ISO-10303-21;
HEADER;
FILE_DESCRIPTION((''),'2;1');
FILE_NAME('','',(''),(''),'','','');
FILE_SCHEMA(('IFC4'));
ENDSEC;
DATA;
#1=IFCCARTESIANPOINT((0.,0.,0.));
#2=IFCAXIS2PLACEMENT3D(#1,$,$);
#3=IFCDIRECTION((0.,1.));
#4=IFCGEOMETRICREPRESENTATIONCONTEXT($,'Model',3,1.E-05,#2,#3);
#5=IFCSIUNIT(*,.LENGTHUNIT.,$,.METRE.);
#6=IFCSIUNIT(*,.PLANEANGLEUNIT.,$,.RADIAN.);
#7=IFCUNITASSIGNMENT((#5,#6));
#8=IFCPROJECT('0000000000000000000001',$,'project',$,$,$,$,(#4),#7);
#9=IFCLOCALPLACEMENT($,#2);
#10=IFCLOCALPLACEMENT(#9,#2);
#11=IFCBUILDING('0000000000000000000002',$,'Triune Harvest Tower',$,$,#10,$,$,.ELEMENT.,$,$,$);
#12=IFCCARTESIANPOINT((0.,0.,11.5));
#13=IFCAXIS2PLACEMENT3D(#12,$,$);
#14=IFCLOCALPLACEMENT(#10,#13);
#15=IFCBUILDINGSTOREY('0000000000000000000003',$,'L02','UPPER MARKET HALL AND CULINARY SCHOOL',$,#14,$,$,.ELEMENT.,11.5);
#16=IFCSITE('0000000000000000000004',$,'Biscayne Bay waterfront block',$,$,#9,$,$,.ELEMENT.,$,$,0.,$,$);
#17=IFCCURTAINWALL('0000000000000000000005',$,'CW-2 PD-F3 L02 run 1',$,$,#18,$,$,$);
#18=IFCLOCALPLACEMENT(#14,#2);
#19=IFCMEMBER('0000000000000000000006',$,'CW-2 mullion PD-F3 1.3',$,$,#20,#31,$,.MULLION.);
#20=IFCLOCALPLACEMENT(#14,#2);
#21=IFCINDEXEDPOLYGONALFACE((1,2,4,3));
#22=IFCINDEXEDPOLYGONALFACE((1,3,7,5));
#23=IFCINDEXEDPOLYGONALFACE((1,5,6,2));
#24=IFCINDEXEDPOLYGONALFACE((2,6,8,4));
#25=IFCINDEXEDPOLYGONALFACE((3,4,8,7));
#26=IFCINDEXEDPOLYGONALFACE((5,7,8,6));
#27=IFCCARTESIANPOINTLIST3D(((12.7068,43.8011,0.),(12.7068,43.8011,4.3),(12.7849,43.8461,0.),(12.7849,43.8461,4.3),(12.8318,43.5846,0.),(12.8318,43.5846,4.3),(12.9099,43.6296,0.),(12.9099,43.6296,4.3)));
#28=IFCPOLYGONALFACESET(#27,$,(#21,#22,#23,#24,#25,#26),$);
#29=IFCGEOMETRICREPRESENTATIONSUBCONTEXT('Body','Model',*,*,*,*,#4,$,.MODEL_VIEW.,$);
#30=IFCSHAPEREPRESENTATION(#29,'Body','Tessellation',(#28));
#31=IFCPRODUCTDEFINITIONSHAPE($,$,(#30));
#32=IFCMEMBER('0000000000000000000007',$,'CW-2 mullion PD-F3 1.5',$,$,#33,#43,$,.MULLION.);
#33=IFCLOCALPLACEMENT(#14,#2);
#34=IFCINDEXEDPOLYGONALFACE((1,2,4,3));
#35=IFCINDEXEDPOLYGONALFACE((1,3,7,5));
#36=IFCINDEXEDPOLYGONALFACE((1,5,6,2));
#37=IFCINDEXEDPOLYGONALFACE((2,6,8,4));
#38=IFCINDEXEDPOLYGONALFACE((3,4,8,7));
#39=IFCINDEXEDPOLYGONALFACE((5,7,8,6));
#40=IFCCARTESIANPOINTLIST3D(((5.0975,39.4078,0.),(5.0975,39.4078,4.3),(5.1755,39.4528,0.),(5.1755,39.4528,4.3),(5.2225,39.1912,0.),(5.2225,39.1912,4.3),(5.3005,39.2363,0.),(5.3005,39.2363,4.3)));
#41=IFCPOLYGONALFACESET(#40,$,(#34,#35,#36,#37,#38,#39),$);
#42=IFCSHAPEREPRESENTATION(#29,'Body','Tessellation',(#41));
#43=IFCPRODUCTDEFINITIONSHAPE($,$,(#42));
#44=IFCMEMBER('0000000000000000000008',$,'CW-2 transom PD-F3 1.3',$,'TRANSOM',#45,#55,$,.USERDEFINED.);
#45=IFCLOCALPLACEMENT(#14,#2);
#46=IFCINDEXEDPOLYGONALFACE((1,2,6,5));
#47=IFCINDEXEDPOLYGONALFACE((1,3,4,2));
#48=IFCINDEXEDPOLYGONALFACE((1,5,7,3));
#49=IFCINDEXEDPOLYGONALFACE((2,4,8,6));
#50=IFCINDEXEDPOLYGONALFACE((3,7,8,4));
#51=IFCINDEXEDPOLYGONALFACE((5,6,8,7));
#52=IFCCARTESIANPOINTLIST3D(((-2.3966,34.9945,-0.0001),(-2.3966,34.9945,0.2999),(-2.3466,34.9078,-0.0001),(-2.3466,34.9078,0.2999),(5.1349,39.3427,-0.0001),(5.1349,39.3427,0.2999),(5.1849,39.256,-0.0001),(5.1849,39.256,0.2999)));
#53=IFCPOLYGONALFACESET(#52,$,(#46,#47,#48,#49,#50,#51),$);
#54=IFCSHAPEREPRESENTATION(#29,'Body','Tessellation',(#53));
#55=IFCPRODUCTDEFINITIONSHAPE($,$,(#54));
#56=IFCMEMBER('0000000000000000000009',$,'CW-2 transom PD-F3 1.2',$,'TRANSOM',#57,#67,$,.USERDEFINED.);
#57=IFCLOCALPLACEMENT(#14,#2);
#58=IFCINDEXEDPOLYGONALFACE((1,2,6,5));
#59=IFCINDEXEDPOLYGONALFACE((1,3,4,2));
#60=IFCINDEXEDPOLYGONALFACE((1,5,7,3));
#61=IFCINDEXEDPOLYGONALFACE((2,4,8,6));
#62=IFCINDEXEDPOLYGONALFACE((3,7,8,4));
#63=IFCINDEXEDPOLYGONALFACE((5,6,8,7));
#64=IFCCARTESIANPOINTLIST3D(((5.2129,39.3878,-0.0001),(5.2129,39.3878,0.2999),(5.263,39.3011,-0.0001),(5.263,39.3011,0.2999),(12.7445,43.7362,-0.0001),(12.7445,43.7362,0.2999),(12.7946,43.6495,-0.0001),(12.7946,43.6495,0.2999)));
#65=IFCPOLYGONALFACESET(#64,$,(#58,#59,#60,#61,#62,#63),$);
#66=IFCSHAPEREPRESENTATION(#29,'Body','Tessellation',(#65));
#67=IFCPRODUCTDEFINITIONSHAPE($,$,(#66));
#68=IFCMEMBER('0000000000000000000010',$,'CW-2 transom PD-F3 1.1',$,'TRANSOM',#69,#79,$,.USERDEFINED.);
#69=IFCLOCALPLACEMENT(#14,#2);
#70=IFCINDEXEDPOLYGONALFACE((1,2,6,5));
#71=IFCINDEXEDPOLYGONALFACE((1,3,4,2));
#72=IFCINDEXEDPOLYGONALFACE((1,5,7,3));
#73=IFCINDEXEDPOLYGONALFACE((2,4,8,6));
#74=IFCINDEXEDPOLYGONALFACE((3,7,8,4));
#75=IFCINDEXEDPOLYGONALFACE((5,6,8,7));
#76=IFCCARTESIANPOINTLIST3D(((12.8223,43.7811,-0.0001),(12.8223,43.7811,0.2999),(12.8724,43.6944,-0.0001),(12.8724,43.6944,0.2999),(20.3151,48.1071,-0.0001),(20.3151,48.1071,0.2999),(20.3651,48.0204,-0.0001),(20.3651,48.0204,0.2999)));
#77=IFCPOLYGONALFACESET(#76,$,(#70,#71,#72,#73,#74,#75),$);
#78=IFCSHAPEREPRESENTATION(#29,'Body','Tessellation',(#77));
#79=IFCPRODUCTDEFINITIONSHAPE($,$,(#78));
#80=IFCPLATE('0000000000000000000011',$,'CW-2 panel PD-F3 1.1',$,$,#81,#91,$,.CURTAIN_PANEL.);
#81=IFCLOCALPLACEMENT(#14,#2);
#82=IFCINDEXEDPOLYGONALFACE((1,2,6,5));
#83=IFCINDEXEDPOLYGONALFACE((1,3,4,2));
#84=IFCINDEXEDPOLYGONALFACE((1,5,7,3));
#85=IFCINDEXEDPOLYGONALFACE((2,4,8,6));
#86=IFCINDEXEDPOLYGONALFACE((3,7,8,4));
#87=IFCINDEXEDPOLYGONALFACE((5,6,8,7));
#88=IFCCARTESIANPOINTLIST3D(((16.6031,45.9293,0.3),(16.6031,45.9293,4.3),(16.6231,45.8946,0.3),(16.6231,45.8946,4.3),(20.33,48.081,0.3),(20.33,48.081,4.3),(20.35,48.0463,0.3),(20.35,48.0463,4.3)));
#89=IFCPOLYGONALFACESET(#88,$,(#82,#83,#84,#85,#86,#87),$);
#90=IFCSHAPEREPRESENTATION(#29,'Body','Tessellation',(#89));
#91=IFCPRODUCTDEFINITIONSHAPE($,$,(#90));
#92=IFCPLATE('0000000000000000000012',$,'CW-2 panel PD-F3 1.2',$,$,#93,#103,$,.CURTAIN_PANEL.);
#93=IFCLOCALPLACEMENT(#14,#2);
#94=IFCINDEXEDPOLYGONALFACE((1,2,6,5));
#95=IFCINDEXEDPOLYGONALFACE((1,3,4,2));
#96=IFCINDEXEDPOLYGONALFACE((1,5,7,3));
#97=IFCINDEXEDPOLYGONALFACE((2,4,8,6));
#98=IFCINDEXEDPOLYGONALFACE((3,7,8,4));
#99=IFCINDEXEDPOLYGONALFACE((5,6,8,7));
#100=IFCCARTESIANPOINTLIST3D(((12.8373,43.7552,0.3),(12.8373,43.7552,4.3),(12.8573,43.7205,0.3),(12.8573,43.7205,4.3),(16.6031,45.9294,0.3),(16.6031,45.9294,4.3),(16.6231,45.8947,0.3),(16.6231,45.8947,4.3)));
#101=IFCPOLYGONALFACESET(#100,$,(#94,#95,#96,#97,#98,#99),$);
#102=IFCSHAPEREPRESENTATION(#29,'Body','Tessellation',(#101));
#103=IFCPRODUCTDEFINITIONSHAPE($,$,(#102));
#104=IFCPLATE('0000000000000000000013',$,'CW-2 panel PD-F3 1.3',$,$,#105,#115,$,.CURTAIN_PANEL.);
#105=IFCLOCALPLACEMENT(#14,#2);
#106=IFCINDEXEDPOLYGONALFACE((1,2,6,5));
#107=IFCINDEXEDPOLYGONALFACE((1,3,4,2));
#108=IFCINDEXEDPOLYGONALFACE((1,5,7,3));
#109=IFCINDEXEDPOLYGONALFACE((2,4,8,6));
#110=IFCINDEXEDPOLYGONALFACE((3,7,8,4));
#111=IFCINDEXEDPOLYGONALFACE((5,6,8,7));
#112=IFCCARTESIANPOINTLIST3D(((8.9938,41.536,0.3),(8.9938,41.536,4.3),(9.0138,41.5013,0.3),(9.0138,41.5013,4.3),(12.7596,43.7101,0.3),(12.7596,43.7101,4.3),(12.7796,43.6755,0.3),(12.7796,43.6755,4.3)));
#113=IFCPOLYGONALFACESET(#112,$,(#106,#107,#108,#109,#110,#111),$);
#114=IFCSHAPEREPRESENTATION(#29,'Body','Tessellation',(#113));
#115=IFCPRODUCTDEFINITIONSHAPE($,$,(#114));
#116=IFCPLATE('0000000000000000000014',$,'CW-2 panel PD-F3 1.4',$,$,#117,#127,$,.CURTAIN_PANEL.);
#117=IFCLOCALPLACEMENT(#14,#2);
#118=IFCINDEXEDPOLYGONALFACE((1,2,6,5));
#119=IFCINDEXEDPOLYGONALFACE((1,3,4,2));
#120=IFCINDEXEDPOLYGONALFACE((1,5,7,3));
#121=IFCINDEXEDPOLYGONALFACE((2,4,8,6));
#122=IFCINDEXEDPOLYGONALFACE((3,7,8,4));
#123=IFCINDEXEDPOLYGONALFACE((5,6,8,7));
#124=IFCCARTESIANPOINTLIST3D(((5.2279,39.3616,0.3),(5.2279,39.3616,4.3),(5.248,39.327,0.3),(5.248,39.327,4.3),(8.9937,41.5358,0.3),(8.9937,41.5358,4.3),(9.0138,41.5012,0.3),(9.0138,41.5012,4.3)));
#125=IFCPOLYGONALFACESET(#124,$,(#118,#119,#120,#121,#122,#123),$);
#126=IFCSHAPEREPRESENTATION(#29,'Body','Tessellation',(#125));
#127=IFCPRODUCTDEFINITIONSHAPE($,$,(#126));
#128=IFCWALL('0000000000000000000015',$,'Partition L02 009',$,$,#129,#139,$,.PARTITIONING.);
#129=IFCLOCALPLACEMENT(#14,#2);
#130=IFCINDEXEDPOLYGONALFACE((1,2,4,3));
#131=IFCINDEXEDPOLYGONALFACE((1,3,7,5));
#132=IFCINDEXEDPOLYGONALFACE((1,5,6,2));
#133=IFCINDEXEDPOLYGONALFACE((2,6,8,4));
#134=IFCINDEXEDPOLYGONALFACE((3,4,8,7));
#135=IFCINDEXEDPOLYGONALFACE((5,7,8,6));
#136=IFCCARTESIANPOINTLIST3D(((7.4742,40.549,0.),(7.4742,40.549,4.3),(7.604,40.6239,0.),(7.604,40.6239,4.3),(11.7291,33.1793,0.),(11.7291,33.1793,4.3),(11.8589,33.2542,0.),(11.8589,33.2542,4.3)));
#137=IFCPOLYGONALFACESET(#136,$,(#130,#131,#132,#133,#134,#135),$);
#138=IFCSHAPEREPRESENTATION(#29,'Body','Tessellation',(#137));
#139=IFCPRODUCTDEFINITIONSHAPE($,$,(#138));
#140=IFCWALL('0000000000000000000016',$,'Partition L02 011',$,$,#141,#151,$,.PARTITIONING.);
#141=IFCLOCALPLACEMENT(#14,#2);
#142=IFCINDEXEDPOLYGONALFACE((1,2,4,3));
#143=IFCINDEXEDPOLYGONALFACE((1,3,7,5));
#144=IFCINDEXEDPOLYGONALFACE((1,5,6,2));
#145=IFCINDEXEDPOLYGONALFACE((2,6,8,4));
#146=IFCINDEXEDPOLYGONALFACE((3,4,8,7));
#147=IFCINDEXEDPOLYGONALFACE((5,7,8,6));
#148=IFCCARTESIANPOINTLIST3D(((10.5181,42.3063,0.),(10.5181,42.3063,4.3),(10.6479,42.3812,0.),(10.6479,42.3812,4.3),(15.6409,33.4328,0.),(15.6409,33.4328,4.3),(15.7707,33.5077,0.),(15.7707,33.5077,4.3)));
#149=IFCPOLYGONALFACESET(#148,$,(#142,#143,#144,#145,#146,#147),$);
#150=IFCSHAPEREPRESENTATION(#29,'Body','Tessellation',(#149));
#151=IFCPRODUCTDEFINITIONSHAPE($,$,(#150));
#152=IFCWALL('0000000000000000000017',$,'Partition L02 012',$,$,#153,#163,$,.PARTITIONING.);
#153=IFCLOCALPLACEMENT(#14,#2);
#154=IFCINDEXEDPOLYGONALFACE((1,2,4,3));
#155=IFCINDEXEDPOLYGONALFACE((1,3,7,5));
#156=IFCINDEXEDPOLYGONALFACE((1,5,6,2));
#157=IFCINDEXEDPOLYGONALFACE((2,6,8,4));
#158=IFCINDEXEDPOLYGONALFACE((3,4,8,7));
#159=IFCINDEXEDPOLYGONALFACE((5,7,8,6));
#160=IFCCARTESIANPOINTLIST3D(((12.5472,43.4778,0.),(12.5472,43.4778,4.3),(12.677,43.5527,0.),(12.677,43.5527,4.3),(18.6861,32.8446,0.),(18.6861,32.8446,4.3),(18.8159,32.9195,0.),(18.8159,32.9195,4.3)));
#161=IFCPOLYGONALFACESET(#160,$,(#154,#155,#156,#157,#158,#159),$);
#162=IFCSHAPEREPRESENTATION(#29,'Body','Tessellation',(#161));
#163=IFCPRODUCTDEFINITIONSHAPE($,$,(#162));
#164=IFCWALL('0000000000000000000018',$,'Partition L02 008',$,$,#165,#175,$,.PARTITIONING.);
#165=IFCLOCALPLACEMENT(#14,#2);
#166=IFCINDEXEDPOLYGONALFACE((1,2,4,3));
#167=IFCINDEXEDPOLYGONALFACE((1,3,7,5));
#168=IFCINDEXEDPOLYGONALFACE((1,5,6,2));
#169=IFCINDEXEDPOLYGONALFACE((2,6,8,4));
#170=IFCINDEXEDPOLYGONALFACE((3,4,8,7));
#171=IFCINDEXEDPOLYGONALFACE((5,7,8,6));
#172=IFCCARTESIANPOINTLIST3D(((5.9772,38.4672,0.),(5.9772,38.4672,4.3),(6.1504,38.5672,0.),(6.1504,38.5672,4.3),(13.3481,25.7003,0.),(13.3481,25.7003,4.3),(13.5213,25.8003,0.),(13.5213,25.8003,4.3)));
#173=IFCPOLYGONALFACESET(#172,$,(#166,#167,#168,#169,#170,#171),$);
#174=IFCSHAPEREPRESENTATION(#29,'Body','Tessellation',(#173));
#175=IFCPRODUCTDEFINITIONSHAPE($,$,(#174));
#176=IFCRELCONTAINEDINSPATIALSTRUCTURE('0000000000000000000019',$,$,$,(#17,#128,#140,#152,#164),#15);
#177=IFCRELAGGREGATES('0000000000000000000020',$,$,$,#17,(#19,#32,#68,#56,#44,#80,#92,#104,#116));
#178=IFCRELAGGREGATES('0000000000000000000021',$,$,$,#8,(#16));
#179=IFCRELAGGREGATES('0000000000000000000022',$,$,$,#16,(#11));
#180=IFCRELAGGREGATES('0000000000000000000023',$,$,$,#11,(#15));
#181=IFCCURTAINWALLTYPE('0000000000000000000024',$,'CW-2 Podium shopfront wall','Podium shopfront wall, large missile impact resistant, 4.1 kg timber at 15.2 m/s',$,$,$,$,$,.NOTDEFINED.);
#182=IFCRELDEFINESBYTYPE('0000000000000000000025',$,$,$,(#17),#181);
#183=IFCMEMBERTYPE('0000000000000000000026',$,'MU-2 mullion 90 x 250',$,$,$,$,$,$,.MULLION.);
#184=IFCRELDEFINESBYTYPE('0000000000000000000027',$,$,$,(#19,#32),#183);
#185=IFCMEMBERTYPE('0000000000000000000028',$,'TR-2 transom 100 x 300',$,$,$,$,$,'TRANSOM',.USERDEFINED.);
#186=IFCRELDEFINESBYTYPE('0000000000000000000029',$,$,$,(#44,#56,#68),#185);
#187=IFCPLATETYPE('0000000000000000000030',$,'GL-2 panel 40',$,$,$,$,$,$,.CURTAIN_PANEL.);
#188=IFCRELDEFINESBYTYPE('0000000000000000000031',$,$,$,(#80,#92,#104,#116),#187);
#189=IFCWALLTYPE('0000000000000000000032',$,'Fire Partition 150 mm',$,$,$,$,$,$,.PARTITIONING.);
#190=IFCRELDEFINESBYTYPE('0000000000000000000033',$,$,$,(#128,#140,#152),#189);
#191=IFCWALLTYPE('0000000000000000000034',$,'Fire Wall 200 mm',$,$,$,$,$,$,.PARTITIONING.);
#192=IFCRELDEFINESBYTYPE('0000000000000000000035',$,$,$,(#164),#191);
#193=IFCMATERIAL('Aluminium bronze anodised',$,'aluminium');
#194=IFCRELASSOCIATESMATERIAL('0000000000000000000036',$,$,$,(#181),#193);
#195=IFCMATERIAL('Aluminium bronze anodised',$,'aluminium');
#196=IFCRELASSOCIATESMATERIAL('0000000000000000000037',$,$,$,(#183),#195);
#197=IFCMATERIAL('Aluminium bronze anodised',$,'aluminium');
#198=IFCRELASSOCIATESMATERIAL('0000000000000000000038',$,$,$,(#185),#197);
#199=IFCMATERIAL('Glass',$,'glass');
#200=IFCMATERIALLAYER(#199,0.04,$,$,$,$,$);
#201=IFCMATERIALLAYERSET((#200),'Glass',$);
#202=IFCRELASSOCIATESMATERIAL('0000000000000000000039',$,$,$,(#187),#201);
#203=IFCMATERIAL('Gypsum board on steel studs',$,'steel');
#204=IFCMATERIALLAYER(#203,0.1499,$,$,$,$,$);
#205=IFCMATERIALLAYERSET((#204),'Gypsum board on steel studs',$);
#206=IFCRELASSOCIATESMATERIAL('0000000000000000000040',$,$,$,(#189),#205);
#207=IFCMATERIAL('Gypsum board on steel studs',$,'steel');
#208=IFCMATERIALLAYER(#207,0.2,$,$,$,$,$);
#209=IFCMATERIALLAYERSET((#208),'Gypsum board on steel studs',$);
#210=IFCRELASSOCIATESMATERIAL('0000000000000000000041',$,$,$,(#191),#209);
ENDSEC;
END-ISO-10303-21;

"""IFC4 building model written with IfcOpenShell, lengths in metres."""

from ifc_helpers import new_model, si_unit, direction, frame, frame_2d, origin, origin_2d, place, context, subcontext, project, spatial, rectangle, extrude, source, transform, mapped, material, layer, layer_set, material_profile, profile_set, type_object, element, aggregate, save


model = new_model("IFC4")

# Units and contexts
model_context = context("Model", 3, precision=1e-05, world=origin(), true_north=direction((0.0, 1.0)))
body_context = subcontext(model_context, "Body", "Model", "MODEL_VIEW")
ifc_project = project(units=[si_unit("LENGTHUNIT", "METRE"), si_unit("PLANEANGLEUNIT", "RADIAN")], contexts=[model_context])

# Site, building, storey
site_placement = place(None, origin())
site = spatial("IfcSite", under=ifc_project, at=site_placement, Name="Biscayne Bay waterfront block", CompositionType="ELEMENT", RefElevation=0.0)
building_placement = place(site_placement, origin())
building = spatial("IfcBuilding", under=site, at=building_placement, Name="Triune Harvest Tower", CompositionType="ELEMENT")
storey_placement = place(building_placement, frame((0.0, 0.0, 11.5)))
storey = spatial("IfcBuildingStorey", under=building, at=storey_placement, Name="L02", Description="UPPER MARKET HALL AND CULINARY SCHOOL", CompositionType="ELEMENT", Elevation=11.5)

# Curtain wall, members, plates
ifc_material_1 = material(Name="Aluminium bronze anodised", Category="aluminium")
curtain_wall_type = type_object("IfcCurtainWallType", Name="CW-2 Podium shopfront wall", Description="Podium shopfront wall, large missile impact resistant, 4.1 kg timber at 15.2 m/s", PredefinedType="NOTDEFINED", material=ifc_material_1)
curtain_wall_placement = place(storey_placement, origin())
curtain_wall = element("IfcCurtainWall", 1, at=curtain_wall_placement, inside=storey, type_object=curtain_wall_type, Name="CW-2 PD-F3 L02 run 1")
ifc_material_2 = material(Name="Aluminium bronze anodised", Category="aluminium")
ifc_material_profile_1 = material_profile(ifc_material_2, rectangle(XDim=0.25, YDim=0.0901, at=origin_2d()), Name="MU-2 mullion 90 x 250")
ifc_profile_set_1 = profile_set([ifc_material_profile_1], Name="Aluminium bronze anodised")
member_type_1 = type_object("IfcMemberType", Name="MU-2 mullion 90 x 250", PredefinedType="MULLION", material=ifc_profile_set_1)
shared_shape_1 = source(origin(), body_context, "Body", "SweptSolid", [
    extrude(rectangle(XDim=0.25, YDim=0.0901, at=origin_2d()), origin(), (0.0, 0.0, 1.0), 4.3),
])
member_1_placement = place(storey_placement, frame((12.8083, 43.7153, 0.0), z_axis=(0.0, 0.0, 1.0), x_axis=(0.5, -0.866025, 0.0)))
member_1 = element("IfcMember", 2, at=member_1_placement, type_object=member_type_1, Name="CW-2 mullion PD-F3 1.3", PredefinedType="MULLION", context=body_context, shape_type="MappedRepresentation", body=[
    mapped(shared_shape_1, transform((0.0, 0.0, 0.0), scale=1.0)),
])
member_2_placement = place(storey_placement, frame((5.199, 39.322, 0.0), z_axis=(0.0, 0.0, 1.0), x_axis=(0.5, -0.866025, 0.0)))
member_2 = element("IfcMember", 3, at=member_2_placement, type_object=member_type_1, Name="CW-2 mullion PD-F3 1.5", PredefinedType="MULLION", context=body_context, shape_type="MappedRepresentation", body=[
    mapped(shared_shape_1, transform((0.0, 0.0, 0.0), scale=1.0)),
])
ifc_material_3 = material(Name="Aluminium bronze anodised", Category="aluminium")
ifc_material_profile_2 = material_profile(ifc_material_3, rectangle(XDim=0.1001, YDim=0.3, at=origin_2d()), Name="TR-2 transom 100 x 300")
ifc_profile_set_2 = profile_set([ifc_material_profile_2], Name="Aluminium bronze anodised")
member_type_2 = type_object("IfcMemberType", Name="TR-2 transom 100 x 300", ElementType="TRANSOM", PredefinedType="USERDEFINED", material=ifc_profile_set_2)
shared_shape_2 = source(origin(), body_context, "Body", "SweptSolid", [
    extrude(rectangle(XDim=0.1001, YDim=0.3, at=origin_2d()), origin(), (0.0, 0.0, 1.0), 8.6965),
])
member_3_placement = place(storey_placement, frame((5.1599, 39.2993, 0.1499), z_axis=(-0.866034, -0.499986, 0.0), x_axis=(0.499986, -0.866034, 0.0)))
member_3 = element("IfcMember", 4, at=member_3_placement, type_object=member_type_2, Name="CW-2 transom PD-F3 1.3", ObjectType="TRANSOM", PredefinedType="USERDEFINED", context=body_context, shape_type="MappedRepresentation", body=[
    mapped(shared_shape_2, transform((0.0, 0.0, 0.0), scale=1.0)),
])
shared_shape_3 = source(origin(), body_context, "Body", "SweptSolid", [
    extrude(rectangle(XDim=0.1001, YDim=0.3, at=origin_2d()), origin(), (0.0, 0.0, 1.0), 8.6968),
])
member_4_placement = place(storey_placement, frame((12.7695, 43.6929, 0.1499), z_axis=(-0.866021, -0.500007, 0.0), x_axis=(0.500007, -0.866021, 0.0)))
member_4 = element("IfcMember", 5, at=member_4_placement, type_object=member_type_2, Name="CW-2 transom PD-F3 1.2", ObjectType="TRANSOM", PredefinedType="USERDEFINED", context=body_context, shape_type="MappedRepresentation", body=[
    mapped(shared_shape_3, transform((0.0, 0.0, 0.0), scale=1.0)),
])
shared_shape_4 = source(origin(), body_context, "Body", "SweptSolid", [
    extrude(rectangle(XDim=0.1001, YDim=0.3, at=origin_2d()), origin(), (0.0, 0.0, 1.0), 8.6519),
])
member_5_placement = place(storey_placement, frame((20.3401, 48.0637, 0.1499), z_axis=(-0.866024, -0.500003, 0.0), x_axis=(0.500003, -0.866024, 0.0)))
member_5 = element("IfcMember", 6, at=member_5_placement, type_object=member_type_2, Name="CW-2 transom PD-F3 1.1", ObjectType="TRANSOM", PredefinedType="USERDEFINED", context=body_context, shape_type="MappedRepresentation", body=[
    mapped(shared_shape_4, transform((0.0, 0.0, 0.0), scale=1.0)),
])
ifc_material_4 = material(Name="Glass", Category="glass")
ifc_layer_1 = layer(ifc_material_4, 0.04)
ifc_layer_set_1 = layer_set([ifc_layer_1], Name="Glass")
plate_type = type_object("IfcPlateType", Name="GL-2 panel 40", PredefinedType="CURTAIN_PANEL", material=ifc_layer_set_1)
shared_shape_5 = source(origin(), body_context, "Body", "SweptSolid", [
    extrude(rectangle(XDim=4.3035, YDim=0.04, at=origin_2d()), origin(), (0.0, 0.0, 1.0), 4.0),
])
plate_1_placement = place(storey_placement, frame((18.4766, 46.9878, 0.3), z_axis=(0.0, 0.0, 1.0), x_axis=(-0.866025, -0.5, 0.0)))
plate_1 = element("IfcPlate", 7, at=plate_1_placement, type_object=plate_type, Name="CW-2 panel PD-F3 1.1", PredefinedType="CURTAIN_PANEL", context=body_context, shape_type="MappedRepresentation", body=[
    mapped(shared_shape_5, transform((0.0, 0.0, 0.0), scale=1.0)),
])
shared_shape_6 = source(origin(), body_context, "Body", "SweptSolid", [
    extrude(rectangle(XDim=4.3484, YDim=0.04, at=origin_2d()), origin(), (0.0, 0.0, 1.0), 4.0),
])
plate_2_placement = place(storey_placement, frame((14.7302, 44.825, 0.3), z_axis=(0.0, 0.0, 1.0), x_axis=(-0.866025, -0.5, 0.0)))
plate_2 = element("IfcPlate", 8, at=plate_2_placement, type_object=plate_type, Name="CW-2 panel PD-F3 1.2", PredefinedType="CURTAIN_PANEL", context=body_context, shape_type="MappedRepresentation", body=[
    mapped(shared_shape_6, transform((0.0, 0.0, 0.0), scale=1.0)),
])
plate_3_placement = place(storey_placement, frame((10.8867, 42.6057, 0.3), z_axis=(0.0, 0.0, 1.0), x_axis=(-0.866025, -0.5, 0.0)))
plate_3 = element("IfcPlate", 9, at=plate_3_placement, type_object=plate_type, Name="CW-2 panel PD-F3 1.3", PredefinedType="CURTAIN_PANEL", context=body_context, shape_type="MappedRepresentation", body=[
    mapped(shared_shape_6, transform((0.0, 0.0, 0.0), scale=1.0)),
])
plate_4_placement = place(storey_placement, frame((7.1208, 40.4314, 0.3), z_axis=(0.0, 0.0, 1.0), x_axis=(-0.866025, -0.5, 0.0)))
plate_4 = element("IfcPlate", 10, at=plate_4_placement, type_object=plate_type, Name="CW-2 panel PD-F3 1.4", PredefinedType="CURTAIN_PANEL", context=body_context, shape_type="MappedRepresentation", body=[
    mapped(shared_shape_6, transform((0.0, 0.0, 0.0), scale=1.0)),
])
aggregate(curtain_wall, [member_1, member_2, member_5, member_4, member_3, plate_1, plate_2, plate_3, plate_4])

# Walls
ifc_material_5 = material(Name="Gypsum board on steel studs", Category="steel")
ifc_layer_2 = layer(ifc_material_5, 0.1499)
ifc_layer_set_2 = layer_set([ifc_layer_2], Name="Gypsum board on steel studs")
wall_type_1 = type_object("IfcWallType", Name="Fire Partition 150 mm", PredefinedType="PARTITIONING", material=ifc_layer_set_2)
wall_1_placement = place(storey_placement, frame((7.5391, 40.5864, 0.0), z_axis=(0.0, 0.0, 1.0), x_axis=(0.500002, -0.866024, 0.0)))
element("IfcWall", 11, at=wall_1_placement, inside=storey, type_object=wall_type_1, Name="Partition L02 009", PredefinedType="PARTITIONING", context=body_context, shape_type="SweptSolid", body=[
    extrude(rectangle(XDim=8.5098, YDim=0.1499, at=frame_2d((4.2549, 0.0))), origin(), (0.0, 0.0, 1.0), 4.3),
])
wall_2_placement = place(storey_placement, frame((10.583, 42.3438, 0.0), z_axis=(0.0, 0.0, 1.0), x_axis=(0.499975, -0.86604, 0.0)))
element("IfcWall", 12, at=wall_2_placement, inside=storey, type_object=wall_type_1, Name="Partition L02 011", PredefinedType="PARTITIONING", context=body_context, shape_type="SweptSolid", body=[
    extrude(rectangle(XDim=10.2461, YDim=0.1499, at=frame_2d((5.123, 0.0))), origin(), (0.0, 0.0, 1.0), 4.3),
])
wall_3_placement = place(storey_placement, frame((12.6121, 43.5154, 0.0), z_axis=(0.0, 0.0, 1.0), x_axis=(0.499986, -0.866033, 0.0)))
element("IfcWall", 13, at=wall_3_placement, inside=storey, type_object=wall_type_1, Name="Partition L02 012", PredefinedType="PARTITIONING", context=body_context, shape_type="SweptSolid", body=[
    extrude(rectangle(XDim=12.2781, YDim=0.1499, at=frame_2d((6.1392, 0.0))), origin(), (0.0, 0.0, 1.0), 4.3),
])
ifc_material_6 = material(Name="Gypsum board on steel studs", Category="steel")
ifc_layer_3 = layer(ifc_material_6, 0.2)
ifc_layer_set_3 = layer_set([ifc_layer_3], Name="Gypsum board on steel studs")
wall_type_2 = type_object("IfcWallType", Name="Fire Wall 200 mm", PredefinedType="PARTITIONING", material=ifc_layer_set_3)
wall_4_placement = place(storey_placement, frame((6.0637, 38.5173, 0.0), z_axis=(0.0, 0.0, 1.0), x_axis=(0.499995, -0.866028, 0.0)))
element("IfcWall", 14, at=wall_4_placement, inside=storey, type_object=wall_type_2, Name="Partition L02 008", PredefinedType="PARTITIONING", context=body_context, shape_type="SweptSolid", body=[
    extrude(rectangle(XDim=14.7419, YDim=0.2, at=frame_2d((7.3711, 0.0))), origin(), (0.0, 0.0, 1.0), 4.3),
])

save(model, "model.ifc")
